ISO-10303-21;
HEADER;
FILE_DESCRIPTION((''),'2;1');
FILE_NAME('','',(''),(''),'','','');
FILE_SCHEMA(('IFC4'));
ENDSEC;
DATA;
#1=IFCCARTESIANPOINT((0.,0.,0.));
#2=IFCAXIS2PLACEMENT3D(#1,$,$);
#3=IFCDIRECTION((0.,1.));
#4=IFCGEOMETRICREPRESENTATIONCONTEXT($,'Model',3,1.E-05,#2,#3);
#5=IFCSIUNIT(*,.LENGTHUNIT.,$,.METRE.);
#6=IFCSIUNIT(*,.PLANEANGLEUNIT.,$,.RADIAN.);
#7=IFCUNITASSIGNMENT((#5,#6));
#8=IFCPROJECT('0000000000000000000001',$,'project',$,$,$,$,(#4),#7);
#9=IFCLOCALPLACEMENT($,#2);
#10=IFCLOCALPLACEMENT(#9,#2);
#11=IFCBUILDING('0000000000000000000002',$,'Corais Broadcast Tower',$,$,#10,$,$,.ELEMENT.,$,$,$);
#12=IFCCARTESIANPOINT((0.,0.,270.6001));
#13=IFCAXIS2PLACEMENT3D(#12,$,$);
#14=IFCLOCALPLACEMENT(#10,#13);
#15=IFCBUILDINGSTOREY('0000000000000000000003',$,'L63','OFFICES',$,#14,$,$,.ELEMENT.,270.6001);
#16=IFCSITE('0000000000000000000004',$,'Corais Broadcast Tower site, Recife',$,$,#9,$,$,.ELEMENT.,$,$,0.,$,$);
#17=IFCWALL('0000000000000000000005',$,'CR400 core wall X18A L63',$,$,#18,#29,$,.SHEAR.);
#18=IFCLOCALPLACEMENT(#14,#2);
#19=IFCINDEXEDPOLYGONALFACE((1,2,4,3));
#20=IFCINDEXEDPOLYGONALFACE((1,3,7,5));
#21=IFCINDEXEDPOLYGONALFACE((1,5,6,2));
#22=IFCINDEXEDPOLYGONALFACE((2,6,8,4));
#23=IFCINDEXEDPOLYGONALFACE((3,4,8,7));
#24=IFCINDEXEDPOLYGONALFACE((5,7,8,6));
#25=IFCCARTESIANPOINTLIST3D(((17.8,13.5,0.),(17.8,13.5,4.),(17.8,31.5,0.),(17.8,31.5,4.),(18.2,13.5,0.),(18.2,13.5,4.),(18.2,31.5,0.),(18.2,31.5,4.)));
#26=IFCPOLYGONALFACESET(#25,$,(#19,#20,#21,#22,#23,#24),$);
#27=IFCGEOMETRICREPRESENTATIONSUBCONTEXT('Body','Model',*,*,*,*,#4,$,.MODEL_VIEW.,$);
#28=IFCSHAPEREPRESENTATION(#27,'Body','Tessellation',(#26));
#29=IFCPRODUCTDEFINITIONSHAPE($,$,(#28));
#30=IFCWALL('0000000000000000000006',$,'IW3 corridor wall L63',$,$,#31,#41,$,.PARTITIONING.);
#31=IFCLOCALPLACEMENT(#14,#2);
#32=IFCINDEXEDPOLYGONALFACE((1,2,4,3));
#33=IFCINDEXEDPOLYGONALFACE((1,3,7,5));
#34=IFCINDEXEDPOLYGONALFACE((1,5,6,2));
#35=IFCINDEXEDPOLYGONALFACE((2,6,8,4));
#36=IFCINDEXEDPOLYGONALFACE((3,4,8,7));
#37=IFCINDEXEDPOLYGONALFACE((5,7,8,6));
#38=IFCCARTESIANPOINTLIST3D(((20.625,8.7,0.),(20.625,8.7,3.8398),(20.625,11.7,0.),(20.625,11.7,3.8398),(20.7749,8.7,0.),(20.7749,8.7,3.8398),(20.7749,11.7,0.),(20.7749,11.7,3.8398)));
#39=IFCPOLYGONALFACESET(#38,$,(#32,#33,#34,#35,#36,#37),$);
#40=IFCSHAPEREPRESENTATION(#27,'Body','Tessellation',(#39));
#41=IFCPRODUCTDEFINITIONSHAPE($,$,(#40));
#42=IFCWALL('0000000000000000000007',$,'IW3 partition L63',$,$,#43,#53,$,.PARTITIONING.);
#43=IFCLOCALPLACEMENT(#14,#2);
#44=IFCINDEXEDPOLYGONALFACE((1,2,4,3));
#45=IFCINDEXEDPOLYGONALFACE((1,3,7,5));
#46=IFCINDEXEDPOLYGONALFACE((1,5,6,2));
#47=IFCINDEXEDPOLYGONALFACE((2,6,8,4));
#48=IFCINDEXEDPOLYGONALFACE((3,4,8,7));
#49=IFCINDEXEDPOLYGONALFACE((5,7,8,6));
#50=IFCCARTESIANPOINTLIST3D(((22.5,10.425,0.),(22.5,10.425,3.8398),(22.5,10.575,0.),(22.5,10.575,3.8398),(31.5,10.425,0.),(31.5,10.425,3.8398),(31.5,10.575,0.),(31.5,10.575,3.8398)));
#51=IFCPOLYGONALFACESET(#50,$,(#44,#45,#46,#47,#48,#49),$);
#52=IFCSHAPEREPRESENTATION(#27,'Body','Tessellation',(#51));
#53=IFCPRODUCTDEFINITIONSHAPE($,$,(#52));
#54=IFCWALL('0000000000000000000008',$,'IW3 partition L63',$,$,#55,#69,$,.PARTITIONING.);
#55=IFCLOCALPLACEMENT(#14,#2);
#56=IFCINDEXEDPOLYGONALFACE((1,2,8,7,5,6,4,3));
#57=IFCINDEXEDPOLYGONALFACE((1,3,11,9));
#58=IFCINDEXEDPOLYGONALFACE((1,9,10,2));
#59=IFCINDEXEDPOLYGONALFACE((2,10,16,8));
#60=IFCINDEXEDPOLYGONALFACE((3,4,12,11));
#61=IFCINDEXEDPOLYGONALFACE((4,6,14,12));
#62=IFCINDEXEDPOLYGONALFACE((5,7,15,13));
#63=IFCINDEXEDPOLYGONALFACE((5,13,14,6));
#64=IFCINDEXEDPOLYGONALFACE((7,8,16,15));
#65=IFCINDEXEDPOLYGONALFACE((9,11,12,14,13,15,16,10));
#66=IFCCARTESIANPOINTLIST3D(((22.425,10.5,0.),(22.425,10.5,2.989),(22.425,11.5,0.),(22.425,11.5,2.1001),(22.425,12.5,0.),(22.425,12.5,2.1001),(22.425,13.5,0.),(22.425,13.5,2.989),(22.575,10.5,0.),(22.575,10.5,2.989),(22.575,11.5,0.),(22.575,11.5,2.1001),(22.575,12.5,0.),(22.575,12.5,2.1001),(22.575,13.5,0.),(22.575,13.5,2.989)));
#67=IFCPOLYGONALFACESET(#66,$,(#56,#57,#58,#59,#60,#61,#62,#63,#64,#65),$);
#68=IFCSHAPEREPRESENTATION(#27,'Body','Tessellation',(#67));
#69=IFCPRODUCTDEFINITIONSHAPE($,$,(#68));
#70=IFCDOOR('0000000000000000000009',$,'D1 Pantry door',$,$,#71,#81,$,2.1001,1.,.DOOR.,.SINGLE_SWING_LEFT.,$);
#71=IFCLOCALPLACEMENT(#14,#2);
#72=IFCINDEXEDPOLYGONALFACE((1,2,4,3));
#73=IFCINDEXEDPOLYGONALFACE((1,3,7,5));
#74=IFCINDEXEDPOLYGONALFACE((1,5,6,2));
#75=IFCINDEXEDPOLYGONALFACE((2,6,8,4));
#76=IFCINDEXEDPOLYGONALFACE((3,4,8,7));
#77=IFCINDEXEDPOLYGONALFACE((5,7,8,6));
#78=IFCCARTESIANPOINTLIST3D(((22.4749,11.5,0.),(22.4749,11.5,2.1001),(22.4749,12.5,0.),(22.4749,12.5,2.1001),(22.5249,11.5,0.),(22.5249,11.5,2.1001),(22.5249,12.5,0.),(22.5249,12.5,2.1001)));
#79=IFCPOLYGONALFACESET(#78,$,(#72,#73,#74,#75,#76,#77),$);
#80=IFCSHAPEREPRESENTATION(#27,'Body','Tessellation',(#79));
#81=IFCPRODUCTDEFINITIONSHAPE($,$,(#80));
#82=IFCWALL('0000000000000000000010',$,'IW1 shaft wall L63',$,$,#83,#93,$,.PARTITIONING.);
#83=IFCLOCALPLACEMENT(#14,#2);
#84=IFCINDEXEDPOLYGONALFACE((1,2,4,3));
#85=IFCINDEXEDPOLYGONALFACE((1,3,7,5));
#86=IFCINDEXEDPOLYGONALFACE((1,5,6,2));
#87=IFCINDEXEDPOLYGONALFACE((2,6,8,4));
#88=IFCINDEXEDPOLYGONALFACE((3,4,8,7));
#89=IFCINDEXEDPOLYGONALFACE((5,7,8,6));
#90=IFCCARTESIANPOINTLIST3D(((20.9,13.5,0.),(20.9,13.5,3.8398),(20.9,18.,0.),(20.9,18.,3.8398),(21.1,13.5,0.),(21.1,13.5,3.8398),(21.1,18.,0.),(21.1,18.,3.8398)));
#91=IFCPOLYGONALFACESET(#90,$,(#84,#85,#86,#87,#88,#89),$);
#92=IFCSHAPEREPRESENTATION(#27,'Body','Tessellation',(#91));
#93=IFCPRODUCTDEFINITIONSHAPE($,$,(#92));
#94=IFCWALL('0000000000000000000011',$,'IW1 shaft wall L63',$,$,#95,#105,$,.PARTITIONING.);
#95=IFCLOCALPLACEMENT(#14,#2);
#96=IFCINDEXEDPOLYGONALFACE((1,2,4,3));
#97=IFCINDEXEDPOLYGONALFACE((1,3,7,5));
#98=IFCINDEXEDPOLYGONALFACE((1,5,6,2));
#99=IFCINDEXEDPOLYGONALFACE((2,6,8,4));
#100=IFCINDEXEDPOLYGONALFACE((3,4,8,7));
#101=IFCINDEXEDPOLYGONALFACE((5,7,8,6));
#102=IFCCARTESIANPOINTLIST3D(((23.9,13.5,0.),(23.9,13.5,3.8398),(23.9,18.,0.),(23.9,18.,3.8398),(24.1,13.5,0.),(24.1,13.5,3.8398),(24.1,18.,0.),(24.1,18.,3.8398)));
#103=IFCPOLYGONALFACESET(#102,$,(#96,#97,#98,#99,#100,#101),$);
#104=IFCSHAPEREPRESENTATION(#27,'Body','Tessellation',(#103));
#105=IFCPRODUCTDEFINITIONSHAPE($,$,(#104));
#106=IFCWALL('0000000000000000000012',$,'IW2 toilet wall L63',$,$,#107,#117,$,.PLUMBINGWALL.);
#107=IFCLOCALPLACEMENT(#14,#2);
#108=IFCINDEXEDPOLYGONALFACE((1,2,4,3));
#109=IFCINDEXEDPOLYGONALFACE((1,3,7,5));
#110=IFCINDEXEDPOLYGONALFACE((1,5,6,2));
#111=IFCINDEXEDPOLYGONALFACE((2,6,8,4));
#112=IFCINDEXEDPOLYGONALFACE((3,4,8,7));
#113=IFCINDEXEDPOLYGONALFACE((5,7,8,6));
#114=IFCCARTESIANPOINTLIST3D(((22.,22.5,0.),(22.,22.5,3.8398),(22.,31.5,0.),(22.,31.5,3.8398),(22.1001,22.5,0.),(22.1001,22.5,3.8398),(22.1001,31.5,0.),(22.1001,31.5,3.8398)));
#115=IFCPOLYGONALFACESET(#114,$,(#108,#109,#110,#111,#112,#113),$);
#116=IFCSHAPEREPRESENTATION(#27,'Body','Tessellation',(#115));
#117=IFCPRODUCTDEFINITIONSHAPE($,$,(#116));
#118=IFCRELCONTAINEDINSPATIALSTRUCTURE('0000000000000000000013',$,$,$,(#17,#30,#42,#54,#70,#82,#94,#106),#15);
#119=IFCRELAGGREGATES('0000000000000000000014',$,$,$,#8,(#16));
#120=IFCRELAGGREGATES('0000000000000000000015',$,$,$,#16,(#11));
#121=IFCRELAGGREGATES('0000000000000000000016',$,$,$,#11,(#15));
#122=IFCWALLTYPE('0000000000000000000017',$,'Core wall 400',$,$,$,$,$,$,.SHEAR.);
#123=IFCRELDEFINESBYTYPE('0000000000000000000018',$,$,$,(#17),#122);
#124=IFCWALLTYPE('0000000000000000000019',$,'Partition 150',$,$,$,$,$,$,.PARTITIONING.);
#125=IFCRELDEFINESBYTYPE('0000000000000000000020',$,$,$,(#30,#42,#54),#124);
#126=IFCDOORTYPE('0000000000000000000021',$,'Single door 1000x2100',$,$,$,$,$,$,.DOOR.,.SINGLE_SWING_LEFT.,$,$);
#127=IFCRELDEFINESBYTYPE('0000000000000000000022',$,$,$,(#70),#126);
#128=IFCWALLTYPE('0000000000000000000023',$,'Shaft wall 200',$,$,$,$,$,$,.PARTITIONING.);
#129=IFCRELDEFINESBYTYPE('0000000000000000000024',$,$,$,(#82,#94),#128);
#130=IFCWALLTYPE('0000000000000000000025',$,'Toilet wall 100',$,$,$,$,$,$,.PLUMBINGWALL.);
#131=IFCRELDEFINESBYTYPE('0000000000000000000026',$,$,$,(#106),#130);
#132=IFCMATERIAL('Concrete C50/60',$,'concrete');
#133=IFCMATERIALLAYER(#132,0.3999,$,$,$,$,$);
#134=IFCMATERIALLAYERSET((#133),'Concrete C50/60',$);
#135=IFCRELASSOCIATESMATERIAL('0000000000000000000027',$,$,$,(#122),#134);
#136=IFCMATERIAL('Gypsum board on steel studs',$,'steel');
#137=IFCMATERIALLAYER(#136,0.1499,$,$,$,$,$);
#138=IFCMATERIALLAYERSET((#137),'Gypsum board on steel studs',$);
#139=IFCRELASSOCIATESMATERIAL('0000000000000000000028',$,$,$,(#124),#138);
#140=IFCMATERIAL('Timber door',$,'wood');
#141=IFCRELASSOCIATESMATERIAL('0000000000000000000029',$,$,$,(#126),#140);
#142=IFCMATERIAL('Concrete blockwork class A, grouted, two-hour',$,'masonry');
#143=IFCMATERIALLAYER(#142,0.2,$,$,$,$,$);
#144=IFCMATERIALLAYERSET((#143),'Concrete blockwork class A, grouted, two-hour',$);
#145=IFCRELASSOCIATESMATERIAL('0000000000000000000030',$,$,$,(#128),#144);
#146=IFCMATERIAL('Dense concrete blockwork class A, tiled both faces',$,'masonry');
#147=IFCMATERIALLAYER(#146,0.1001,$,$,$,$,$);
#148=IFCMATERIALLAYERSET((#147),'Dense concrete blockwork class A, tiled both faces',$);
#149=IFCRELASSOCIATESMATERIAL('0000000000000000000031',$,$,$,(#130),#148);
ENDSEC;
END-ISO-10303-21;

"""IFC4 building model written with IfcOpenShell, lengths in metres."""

from ifc_helpers import new_model, si_unit, direction, frame, frame_2d, origin, place, context, subcontext, project, spatial, rectangle, extrude, material, layer, layer_set, type_object, element, fill, save


model = new_model("IFC4")

# Units and contexts
model_context = context("Model", 3, precision=1e-05, world=origin(), true_north=direction((0.0, 1.0)))
body_context = subcontext(model_context, "Body", "Model", "MODEL_VIEW")
ifc_project = project(units=[si_unit("LENGTHUNIT", "METRE"), si_unit("PLANEANGLEUNIT", "RADIAN")], contexts=[model_context])

# Site, building, storey
site_placement = place(None, origin())
site = spatial("IfcSite", under=ifc_project, at=site_placement, Name="Corais Broadcast Tower site, Recife", CompositionType="ELEMENT", RefElevation=0.0)
building_placement = place(site_placement, origin())
building = spatial("IfcBuilding", under=site, at=building_placement, Name="Corais Broadcast Tower", CompositionType="ELEMENT")
storey_placement = place(building_placement, frame((0.0, 0.0, 270.6001)))
storey = spatial("IfcBuildingStorey", under=building, at=storey_placement, Name="L63", Description="OFFICES", CompositionType="ELEMENT", Elevation=270.6001)

# Walls
ifc_material_1 = material(Name="Concrete C50/60", Category="concrete")
ifc_layer_1 = layer(ifc_material_1, 0.3999)
ifc_layer_set_1 = layer_set([ifc_layer_1], Name="Concrete C50/60")
wall_type_1 = type_object("IfcWallType", Name="Core wall 400", PredefinedType="SHEAR", material=ifc_layer_set_1)
wall_1_placement = place(storey_placement, frame((18.0, 13.5, 0.0), z_axis=(0.0, 0.0, 1.0), x_axis=(0.0, 1.0, 0.0)))
element("IfcWall", 1, at=wall_1_placement, inside=storey, type_object=wall_type_1, Name="CR400 core wall X18A L63", PredefinedType="SHEAR", context=body_context, shape_type="SweptSolid", body=[
    extrude(rectangle(XDim=18.0, YDim=0.3999, at=frame_2d((9.0, 0.0))), origin(), (0.0, 0.0, 1.0), 4.0),
])
ifc_material_2 = material(Name="Gypsum board on steel studs", Category="steel")
ifc_layer_2 = layer(ifc_material_2, 0.1499)
ifc_layer_set_2 = layer_set([ifc_layer_2], Name="Gypsum board on steel studs")
wall_type_2 = type_object("IfcWallType", Name="Partition 150", PredefinedType="PARTITIONING", material=ifc_layer_set_2)
wall_2_placement = place(storey_placement, frame((20.7, 11.7, 0.0), z_axis=(0.0, 0.0, 1.0), x_axis=(0.0, -1.0, 0.0)))
element("IfcWall", 2, at=wall_2_placement, inside=storey, type_object=wall_type_2, Name="IW3 corridor wall L63", PredefinedType="PARTITIONING", context=body_context, shape_type="SweptSolid", body=[
    extrude(rectangle(XDim=3.0, YDim=0.1499, at=frame_2d((1.5, 0.0))), origin(), (0.0, 0.0, 1.0), 3.8398),
])
wall_3_placement = place(storey_placement, frame((22.5, 10.5, 0.0), z_axis=(0.0, 0.0, 1.0), x_axis=(1.0, 0.0, 0.0)))
element("IfcWall", 3, at=wall_3_placement, inside=storey, type_object=wall_type_2, Name="IW3 partition L63", PredefinedType="PARTITIONING", context=body_context, shape_type="SweptSolid", body=[
    extrude(rectangle(XDim=9.0, YDim=0.1499, at=frame_2d((4.5, 0.0))), origin(), (0.0, 0.0, 1.0), 3.8398),
])

# Wall, opening, door
wall_4_placement = place(storey_placement, frame((22.5, 13.5, 0.0), z_axis=(0.0, 0.0, 1.0), x_axis=(0.0, -1.0, 0.0)))
wall_4 = element("IfcWall", 4, at=wall_4_placement, inside=storey, type_object=wall_type_2, Name="IW3 partition L63", PredefinedType="PARTITIONING", context=body_context, shape_type="SweptSolid", body=[
    extrude(rectangle(XDim=3.0, YDim=0.1499, at=frame_2d((1.5, 0.0))), origin(), (0.0, 0.0, 1.0), 2.989),
])
opening_placement = place(wall_4_placement, frame((1.0, 0.0, 0.0)))
opening = element("IfcOpeningElement", 5, at=opening_placement, cuts=wall_4, PredefinedType="OPENING", context=body_context, shape_type="SweptSolid", body=[
    extrude(rectangle(XDim=1.0, YDim=2.1001, at=frame_2d((0.5, 1.05))), frame((0.0, 0.085, 0.0), z_axis=(0.0, -1.0, 0.0), x_axis=(1.0, 0.0, 0.0)), (0.0, 0.0, 1.0), 0.1699),
])
ifc_material_3 = material(Name="Timber door", Category="wood")
door_type = type_object("IfcDoorType", Name="Single door 1000x2100", OperationType="SINGLE_SWING_LEFT", PredefinedType="DOOR", material=ifc_material_3)
door_placement = place(opening_placement, origin())
door = element("IfcDoor", 6, at=door_placement, inside=storey, type_object=door_type, Name="D1 Pantry door", OperationType="SINGLE_SWING_LEFT", OverallHeight=2.1001, OverallWidth=1.0, PredefinedType="DOOR", context=body_context, shape_type="SweptSolid", body=[
    extrude(rectangle(XDim=1.0, YDim=2.1001, at=frame_2d((0.5, 1.05))), frame((0.0, 0.0249, 0.0), z_axis=(0.0, -1.0, 0.0), x_axis=(1.0, 0.0, 0.0)), (0.0, 0.0, 1.0), 0.05),
])
fill(opening, door)

# Walls
ifc_material_4 = material(Name="Concrete blockwork class A, grouted, two-hour", Category="masonry")
ifc_layer_3 = layer(ifc_material_4, 0.2)
ifc_layer_set_3 = layer_set([ifc_layer_3], Name="Concrete blockwork class A, grouted, two-hour")
wall_type_3 = type_object("IfcWallType", Name="Shaft wall 200", PredefinedType="PARTITIONING", material=ifc_layer_set_3)
for number, where, z_axis, x_axis, name in (
    (7, (21.0, 13.5, 0.0), (0.0, 0.0, 1.0), (0.0, 1.0, 0.0), "IW1 shaft wall L63"),
    (8, (24.0, 13.5, 0.0), (0.0, 0.0, 1.0), (0.0, 1.0, 0.0), "IW1 shaft wall L63"),
):
    element("IfcWall", number, at=place(storey_placement, frame(where, z_axis=z_axis, x_axis=x_axis)), inside=storey, type_object=wall_type_3, Name=name, PredefinedType="PARTITIONING", context=body_context, shape_type="SweptSolid", body=[
        extrude(rectangle(XDim=4.5, YDim=0.2, at=frame_2d((2.25, 0.0))), origin(), (0.0, 0.0, 1.0), 3.8398),
    ])
ifc_material_5 = material(Name="Dense concrete blockwork class A, tiled both faces", Category="masonry")
ifc_layer_4 = layer(ifc_material_5, 0.1001)
ifc_layer_set_4 = layer_set([ifc_layer_4], Name="Dense concrete blockwork class A, tiled both faces")
wall_type_4 = type_object("IfcWallType", Name="Toilet wall 100", PredefinedType="PLUMBINGWALL", material=ifc_layer_set_4)
wall_5_placement = place(storey_placement, frame((22.05, 22.5, 0.0), z_axis=(0.0, 0.0, 1.0), x_axis=(0.0, 1.0, 0.0)))
element("IfcWall", 9, at=wall_5_placement, inside=storey, type_object=wall_type_4, Name="IW2 toilet wall L63", PredefinedType="PLUMBINGWALL", context=body_context, shape_type="SweptSolid", body=[
    extrude(rectangle(XDim=9.0, YDim=0.1001, at=frame_2d((4.5, 0.0))), origin(), (0.0, 0.0, 1.0), 3.8398),
])

save(model, "model.ifc")
